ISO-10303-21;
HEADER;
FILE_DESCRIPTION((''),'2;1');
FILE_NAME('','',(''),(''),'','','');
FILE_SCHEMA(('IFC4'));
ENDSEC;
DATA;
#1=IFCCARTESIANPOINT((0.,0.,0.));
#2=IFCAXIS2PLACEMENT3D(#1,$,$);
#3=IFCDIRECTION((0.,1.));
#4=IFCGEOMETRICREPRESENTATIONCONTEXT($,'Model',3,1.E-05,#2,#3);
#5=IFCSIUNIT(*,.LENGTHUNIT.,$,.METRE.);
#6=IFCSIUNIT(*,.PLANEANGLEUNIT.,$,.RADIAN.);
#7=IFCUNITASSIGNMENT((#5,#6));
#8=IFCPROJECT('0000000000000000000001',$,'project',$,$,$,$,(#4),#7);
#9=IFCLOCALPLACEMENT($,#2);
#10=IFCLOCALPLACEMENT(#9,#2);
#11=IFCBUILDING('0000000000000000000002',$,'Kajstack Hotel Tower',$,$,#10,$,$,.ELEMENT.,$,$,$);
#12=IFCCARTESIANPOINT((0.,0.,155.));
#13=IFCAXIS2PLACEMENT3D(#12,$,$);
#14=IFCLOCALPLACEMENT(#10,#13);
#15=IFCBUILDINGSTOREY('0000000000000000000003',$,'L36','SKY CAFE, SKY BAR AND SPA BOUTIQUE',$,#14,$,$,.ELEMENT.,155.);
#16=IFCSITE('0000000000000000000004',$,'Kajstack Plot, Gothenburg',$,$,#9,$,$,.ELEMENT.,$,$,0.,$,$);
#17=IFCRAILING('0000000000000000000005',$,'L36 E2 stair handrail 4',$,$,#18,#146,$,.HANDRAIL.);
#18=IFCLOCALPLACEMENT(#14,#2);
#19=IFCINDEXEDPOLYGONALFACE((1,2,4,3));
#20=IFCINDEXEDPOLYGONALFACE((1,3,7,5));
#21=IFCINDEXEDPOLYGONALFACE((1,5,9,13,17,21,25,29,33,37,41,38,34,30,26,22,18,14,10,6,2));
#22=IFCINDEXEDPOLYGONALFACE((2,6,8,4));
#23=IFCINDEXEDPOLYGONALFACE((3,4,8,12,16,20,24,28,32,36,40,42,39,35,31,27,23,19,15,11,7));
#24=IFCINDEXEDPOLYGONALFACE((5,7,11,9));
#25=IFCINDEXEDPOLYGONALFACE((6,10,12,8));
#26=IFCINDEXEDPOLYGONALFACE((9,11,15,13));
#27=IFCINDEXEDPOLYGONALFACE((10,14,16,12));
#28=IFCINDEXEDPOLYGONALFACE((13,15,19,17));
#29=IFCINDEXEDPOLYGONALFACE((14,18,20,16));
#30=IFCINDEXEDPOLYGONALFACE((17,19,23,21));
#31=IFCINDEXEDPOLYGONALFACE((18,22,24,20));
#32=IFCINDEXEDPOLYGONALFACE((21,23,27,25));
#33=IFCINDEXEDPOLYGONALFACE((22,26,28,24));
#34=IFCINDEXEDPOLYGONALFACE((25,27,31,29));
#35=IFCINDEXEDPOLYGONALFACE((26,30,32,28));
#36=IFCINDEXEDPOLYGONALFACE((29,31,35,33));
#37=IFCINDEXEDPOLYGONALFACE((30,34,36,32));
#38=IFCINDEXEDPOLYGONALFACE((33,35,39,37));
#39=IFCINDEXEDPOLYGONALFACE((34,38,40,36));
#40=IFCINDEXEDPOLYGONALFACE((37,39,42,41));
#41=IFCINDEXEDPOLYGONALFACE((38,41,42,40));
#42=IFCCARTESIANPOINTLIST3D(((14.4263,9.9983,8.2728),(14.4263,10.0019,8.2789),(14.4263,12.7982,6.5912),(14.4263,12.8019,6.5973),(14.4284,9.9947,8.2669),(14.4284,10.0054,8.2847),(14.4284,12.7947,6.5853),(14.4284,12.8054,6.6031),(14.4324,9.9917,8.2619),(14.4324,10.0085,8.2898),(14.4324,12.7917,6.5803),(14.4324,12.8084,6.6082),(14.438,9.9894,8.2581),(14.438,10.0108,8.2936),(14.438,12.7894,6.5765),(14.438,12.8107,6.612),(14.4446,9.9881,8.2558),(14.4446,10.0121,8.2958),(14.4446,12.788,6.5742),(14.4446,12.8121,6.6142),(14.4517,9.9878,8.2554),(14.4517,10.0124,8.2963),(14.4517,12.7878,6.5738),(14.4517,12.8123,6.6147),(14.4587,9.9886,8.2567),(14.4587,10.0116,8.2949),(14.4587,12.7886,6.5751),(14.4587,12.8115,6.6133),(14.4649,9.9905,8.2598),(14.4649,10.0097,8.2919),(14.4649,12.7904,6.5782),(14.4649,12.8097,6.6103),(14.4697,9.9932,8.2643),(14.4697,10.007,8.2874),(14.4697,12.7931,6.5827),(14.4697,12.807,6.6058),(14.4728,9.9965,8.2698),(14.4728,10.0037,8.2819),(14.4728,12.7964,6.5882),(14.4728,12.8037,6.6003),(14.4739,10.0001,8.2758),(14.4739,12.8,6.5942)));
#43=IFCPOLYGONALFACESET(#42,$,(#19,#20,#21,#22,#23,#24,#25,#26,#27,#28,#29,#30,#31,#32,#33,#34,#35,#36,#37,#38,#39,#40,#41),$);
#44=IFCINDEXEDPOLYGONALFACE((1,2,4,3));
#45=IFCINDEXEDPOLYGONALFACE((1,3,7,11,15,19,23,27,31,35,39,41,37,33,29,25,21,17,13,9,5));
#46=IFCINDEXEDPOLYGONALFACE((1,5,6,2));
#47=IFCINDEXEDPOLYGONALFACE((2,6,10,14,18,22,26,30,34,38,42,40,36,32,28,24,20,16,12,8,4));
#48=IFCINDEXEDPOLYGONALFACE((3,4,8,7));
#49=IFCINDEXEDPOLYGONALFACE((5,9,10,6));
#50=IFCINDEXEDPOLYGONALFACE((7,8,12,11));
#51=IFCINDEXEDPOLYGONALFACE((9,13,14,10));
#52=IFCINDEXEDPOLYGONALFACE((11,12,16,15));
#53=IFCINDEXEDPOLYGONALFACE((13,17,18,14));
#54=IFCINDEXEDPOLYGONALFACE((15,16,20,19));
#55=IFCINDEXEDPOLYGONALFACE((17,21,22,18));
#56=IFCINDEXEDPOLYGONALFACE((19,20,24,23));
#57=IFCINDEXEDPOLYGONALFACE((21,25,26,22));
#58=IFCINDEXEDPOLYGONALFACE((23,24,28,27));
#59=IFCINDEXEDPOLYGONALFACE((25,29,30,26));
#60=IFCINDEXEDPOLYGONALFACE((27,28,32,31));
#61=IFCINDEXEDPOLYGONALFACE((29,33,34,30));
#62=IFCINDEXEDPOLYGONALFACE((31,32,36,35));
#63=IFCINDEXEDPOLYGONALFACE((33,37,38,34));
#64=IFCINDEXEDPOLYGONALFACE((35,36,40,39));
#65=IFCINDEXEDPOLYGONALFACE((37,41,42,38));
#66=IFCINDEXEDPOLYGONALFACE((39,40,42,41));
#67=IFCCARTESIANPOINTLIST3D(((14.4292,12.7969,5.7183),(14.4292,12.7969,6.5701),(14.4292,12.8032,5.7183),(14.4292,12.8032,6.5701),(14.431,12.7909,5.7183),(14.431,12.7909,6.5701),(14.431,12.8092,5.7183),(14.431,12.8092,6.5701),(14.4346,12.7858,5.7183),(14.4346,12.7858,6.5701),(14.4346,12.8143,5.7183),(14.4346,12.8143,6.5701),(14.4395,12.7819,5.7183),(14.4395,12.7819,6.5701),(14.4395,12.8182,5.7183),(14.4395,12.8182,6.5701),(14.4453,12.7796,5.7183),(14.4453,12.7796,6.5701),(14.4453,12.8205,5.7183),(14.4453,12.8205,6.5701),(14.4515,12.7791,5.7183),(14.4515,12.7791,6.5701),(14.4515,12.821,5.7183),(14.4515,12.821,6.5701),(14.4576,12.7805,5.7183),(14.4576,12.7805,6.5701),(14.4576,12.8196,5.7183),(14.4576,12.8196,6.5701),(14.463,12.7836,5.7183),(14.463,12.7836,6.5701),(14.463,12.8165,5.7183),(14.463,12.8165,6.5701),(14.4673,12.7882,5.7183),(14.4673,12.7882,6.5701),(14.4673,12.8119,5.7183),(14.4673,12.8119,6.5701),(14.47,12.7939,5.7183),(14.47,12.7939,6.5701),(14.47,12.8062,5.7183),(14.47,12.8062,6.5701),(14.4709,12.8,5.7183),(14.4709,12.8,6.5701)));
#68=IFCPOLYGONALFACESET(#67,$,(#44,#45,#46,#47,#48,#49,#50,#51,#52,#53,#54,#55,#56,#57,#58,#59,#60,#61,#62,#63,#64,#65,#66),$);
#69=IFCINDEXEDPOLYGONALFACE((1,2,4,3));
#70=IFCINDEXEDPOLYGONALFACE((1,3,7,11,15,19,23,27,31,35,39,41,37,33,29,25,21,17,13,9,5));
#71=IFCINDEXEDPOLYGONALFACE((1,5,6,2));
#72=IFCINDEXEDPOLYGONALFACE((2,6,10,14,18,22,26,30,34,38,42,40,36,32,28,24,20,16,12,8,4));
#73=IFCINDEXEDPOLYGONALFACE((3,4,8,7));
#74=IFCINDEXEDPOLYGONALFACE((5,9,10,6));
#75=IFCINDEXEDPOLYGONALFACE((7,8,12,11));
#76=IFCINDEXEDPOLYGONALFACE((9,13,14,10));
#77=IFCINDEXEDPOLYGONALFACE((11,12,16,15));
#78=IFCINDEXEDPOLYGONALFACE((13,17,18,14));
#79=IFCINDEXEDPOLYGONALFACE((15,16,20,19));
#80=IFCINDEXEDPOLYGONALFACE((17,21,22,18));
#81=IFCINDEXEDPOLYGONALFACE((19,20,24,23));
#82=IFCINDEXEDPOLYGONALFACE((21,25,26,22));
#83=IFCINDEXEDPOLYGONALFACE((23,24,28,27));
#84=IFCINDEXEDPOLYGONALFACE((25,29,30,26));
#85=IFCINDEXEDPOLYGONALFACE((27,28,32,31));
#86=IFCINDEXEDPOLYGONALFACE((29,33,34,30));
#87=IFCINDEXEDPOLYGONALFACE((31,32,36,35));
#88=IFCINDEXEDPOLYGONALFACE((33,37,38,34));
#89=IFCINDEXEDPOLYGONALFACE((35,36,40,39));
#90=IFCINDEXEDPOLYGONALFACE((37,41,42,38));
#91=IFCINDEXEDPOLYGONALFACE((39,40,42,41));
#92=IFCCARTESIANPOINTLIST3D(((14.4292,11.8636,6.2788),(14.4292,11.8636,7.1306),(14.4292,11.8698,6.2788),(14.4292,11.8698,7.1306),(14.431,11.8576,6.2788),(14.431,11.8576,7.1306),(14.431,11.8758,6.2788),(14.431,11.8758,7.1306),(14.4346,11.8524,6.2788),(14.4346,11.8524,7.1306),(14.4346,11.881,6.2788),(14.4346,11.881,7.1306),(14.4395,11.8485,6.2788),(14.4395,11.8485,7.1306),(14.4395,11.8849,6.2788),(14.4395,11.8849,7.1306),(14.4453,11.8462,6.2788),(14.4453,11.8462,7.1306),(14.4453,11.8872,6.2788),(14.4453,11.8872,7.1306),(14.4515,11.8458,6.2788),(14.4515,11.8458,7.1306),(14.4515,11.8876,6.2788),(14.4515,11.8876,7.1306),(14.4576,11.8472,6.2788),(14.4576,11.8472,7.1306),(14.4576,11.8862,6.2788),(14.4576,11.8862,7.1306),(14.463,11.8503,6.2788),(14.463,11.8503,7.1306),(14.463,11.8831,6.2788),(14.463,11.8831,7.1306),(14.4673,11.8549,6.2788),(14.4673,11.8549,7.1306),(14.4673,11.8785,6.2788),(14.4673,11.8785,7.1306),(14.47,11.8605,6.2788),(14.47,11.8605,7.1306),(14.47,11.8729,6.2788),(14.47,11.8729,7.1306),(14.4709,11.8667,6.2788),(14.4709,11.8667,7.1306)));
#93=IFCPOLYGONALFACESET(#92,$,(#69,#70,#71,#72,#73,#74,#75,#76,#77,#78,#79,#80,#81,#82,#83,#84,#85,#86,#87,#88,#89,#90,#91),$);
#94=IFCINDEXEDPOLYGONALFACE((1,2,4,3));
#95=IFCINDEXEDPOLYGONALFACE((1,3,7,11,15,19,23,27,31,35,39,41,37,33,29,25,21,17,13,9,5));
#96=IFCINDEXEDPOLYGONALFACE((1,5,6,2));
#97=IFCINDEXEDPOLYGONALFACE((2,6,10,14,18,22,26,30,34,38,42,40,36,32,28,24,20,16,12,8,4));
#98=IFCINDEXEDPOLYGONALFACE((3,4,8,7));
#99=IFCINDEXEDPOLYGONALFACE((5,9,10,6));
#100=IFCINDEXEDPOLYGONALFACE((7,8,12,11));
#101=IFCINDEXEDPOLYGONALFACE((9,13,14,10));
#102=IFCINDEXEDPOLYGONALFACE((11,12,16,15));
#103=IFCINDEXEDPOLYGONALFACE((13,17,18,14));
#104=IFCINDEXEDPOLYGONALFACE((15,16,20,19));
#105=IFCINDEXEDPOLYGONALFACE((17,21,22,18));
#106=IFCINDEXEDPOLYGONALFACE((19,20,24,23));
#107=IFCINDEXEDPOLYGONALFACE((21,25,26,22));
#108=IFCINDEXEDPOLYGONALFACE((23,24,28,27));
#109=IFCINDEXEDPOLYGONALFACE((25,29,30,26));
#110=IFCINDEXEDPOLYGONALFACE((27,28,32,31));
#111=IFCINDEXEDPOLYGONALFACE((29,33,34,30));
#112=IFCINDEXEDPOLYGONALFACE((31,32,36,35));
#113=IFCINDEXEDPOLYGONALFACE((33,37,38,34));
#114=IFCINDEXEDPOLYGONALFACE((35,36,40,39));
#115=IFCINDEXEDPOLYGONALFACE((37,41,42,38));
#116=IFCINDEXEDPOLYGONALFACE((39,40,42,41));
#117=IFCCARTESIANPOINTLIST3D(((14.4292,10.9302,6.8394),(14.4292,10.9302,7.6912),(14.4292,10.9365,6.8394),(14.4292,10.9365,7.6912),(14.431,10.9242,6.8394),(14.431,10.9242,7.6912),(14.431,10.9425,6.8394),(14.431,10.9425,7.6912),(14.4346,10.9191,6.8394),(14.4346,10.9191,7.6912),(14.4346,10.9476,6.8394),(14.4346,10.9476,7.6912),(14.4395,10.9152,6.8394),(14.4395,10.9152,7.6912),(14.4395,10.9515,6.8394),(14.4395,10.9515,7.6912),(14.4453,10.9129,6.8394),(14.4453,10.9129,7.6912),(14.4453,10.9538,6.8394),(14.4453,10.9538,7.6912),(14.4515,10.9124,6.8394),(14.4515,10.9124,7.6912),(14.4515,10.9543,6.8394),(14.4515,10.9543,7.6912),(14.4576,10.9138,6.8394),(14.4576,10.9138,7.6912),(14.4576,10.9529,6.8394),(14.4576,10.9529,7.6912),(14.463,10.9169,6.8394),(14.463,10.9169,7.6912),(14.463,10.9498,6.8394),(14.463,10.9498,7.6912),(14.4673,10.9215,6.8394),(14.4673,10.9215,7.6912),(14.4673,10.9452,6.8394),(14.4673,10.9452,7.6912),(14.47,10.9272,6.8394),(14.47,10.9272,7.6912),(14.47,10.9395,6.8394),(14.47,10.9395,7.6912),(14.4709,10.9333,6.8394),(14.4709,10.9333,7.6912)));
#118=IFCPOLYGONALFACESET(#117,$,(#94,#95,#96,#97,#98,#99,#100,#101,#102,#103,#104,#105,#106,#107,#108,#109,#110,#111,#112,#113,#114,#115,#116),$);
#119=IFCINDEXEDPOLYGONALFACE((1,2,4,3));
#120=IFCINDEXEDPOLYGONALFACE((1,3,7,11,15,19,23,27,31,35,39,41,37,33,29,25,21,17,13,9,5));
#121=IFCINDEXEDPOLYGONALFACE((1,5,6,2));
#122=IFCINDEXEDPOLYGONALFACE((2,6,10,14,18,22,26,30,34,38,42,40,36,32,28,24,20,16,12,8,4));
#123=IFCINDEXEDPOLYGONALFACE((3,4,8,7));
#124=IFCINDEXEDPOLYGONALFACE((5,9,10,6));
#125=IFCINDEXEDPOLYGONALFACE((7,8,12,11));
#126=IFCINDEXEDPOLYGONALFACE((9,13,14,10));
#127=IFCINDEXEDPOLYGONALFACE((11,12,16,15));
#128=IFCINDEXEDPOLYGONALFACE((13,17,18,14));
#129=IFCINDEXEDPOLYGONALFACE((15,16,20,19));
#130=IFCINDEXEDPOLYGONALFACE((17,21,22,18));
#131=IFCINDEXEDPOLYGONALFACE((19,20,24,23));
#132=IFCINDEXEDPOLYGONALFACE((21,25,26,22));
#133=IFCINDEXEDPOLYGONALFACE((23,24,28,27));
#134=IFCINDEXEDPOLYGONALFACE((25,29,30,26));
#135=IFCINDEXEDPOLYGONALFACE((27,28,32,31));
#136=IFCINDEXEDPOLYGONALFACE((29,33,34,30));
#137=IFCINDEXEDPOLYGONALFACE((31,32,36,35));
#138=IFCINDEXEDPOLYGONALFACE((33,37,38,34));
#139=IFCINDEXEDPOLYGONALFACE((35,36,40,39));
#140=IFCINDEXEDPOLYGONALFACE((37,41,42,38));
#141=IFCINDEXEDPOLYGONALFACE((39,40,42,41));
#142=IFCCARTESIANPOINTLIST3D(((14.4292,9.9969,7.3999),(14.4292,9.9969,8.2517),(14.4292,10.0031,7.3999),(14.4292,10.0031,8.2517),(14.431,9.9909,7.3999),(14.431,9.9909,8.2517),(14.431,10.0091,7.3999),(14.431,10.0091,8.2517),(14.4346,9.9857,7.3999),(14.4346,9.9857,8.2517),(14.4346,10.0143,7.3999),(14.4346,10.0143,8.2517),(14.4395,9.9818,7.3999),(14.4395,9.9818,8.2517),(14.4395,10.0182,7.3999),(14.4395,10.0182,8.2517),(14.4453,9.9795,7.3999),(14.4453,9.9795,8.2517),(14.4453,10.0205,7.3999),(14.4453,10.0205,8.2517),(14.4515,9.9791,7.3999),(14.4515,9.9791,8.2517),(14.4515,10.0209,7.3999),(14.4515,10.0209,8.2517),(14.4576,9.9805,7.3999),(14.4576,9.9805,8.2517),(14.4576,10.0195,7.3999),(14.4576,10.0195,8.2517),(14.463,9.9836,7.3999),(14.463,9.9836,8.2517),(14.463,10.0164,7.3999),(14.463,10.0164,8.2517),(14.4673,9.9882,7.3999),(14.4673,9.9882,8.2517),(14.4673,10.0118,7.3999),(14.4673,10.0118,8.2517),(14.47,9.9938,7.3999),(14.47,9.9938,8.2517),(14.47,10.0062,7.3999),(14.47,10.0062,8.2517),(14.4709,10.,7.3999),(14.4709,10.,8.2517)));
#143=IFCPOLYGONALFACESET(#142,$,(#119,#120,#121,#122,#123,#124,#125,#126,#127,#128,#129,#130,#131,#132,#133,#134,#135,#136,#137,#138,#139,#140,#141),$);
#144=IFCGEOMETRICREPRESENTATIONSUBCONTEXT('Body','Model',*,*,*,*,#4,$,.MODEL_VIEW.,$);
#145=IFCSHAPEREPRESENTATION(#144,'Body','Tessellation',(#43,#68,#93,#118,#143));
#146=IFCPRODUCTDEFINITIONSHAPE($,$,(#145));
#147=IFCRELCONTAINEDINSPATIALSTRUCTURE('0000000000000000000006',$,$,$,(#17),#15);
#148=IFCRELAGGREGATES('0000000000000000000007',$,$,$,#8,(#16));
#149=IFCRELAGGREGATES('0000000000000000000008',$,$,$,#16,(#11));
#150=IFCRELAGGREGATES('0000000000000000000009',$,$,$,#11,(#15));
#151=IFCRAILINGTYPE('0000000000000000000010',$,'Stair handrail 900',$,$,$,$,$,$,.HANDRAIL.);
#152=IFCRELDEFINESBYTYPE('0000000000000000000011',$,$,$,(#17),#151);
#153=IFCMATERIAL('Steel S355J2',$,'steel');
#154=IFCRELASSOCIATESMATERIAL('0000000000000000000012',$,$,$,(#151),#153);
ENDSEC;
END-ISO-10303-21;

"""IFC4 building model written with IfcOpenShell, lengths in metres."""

from ifc_helpers import new_model, si_unit, direction, frame, origin, origin_2d, place, context, subcontext, project, spatial, circle, extrude, material, type_object, element, save


model = new_model("IFC4")

# Units and contexts
model_context = context("Model", 3, precision=1e-05, world=origin(), true_north=direction((0.0, 1.0)))
body_context = subcontext(model_context, "Body", "Model", "MODEL_VIEW")
ifc_project = project(units=[si_unit("LENGTHUNIT", "METRE"), si_unit("PLANEANGLEUNIT", "RADIAN")], contexts=[model_context])

# Site, building, storey
site_placement = place(None, origin())
site = spatial("IfcSite", under=ifc_project, at=site_placement, Name="Kajstack Plot, Gothenburg", CompositionType="ELEMENT", RefElevation=0.0)
building_placement = place(site_placement, origin())
building = spatial("IfcBuilding", under=site, at=building_placement, Name="Kajstack Hotel Tower", CompositionType="ELEMENT")
storey_placement = place(building_placement, frame((0.0, 0.0, 155.0)))
storey = spatial("IfcBuildingStorey", under=building, at=storey_placement, Name="L36", Description="SKY CAFE, SKY BAR AND SPA BOUTIQUE", CompositionType="ELEMENT", Elevation=155.0)

# Railing
ifc_material_1 = material(Name="Steel S355J2", Category="steel")
railing_type_1 = type_object("IfcRailingType", Name="Stair handrail 900", PredefinedType="HANDRAIL", material=ifc_material_1)
railing_1_placement = place(storey_placement, frame((14.45, 12.8, 5.7183)))
element("IfcRailing", 1, at=railing_1_placement, inside=storey, type_object=railing_type_1, Name="L36 E2 stair handrail 4", PredefinedType="HANDRAIL", context=body_context, shape_type="SweptSolid", body=[
    extrude(circle(Radius=0.0239, at=origin_2d()), frame((0.0, 0.0, 0.876), z_axis=(0.0, -0.857275, 0.514858), x_axis=(1.0, 0.0, 0.0)), (0.0, 0.0, 1.0), 3.2661),
    extrude(circle(Radius=0.021, at=origin_2d()), origin(), (0.0, 0.0, 1.0), 0.8518),
    extrude(circle(Radius=0.021, at=origin_2d()), frame((0.0, -0.9333, 0.5605)), (0.0, 0.0, 1.0), 0.8518),
    extrude(circle(Radius=0.021, at=origin_2d()), frame((0.0, -1.8667, 1.1211)), (0.0, 0.0, 1.0), 0.8518),
    extrude(circle(Radius=0.021, at=origin_2d()), frame((0.0, -2.8, 1.6816)), (0.0, 0.0, 1.0), 0.8518),
])

save(model, "model.ifc")
